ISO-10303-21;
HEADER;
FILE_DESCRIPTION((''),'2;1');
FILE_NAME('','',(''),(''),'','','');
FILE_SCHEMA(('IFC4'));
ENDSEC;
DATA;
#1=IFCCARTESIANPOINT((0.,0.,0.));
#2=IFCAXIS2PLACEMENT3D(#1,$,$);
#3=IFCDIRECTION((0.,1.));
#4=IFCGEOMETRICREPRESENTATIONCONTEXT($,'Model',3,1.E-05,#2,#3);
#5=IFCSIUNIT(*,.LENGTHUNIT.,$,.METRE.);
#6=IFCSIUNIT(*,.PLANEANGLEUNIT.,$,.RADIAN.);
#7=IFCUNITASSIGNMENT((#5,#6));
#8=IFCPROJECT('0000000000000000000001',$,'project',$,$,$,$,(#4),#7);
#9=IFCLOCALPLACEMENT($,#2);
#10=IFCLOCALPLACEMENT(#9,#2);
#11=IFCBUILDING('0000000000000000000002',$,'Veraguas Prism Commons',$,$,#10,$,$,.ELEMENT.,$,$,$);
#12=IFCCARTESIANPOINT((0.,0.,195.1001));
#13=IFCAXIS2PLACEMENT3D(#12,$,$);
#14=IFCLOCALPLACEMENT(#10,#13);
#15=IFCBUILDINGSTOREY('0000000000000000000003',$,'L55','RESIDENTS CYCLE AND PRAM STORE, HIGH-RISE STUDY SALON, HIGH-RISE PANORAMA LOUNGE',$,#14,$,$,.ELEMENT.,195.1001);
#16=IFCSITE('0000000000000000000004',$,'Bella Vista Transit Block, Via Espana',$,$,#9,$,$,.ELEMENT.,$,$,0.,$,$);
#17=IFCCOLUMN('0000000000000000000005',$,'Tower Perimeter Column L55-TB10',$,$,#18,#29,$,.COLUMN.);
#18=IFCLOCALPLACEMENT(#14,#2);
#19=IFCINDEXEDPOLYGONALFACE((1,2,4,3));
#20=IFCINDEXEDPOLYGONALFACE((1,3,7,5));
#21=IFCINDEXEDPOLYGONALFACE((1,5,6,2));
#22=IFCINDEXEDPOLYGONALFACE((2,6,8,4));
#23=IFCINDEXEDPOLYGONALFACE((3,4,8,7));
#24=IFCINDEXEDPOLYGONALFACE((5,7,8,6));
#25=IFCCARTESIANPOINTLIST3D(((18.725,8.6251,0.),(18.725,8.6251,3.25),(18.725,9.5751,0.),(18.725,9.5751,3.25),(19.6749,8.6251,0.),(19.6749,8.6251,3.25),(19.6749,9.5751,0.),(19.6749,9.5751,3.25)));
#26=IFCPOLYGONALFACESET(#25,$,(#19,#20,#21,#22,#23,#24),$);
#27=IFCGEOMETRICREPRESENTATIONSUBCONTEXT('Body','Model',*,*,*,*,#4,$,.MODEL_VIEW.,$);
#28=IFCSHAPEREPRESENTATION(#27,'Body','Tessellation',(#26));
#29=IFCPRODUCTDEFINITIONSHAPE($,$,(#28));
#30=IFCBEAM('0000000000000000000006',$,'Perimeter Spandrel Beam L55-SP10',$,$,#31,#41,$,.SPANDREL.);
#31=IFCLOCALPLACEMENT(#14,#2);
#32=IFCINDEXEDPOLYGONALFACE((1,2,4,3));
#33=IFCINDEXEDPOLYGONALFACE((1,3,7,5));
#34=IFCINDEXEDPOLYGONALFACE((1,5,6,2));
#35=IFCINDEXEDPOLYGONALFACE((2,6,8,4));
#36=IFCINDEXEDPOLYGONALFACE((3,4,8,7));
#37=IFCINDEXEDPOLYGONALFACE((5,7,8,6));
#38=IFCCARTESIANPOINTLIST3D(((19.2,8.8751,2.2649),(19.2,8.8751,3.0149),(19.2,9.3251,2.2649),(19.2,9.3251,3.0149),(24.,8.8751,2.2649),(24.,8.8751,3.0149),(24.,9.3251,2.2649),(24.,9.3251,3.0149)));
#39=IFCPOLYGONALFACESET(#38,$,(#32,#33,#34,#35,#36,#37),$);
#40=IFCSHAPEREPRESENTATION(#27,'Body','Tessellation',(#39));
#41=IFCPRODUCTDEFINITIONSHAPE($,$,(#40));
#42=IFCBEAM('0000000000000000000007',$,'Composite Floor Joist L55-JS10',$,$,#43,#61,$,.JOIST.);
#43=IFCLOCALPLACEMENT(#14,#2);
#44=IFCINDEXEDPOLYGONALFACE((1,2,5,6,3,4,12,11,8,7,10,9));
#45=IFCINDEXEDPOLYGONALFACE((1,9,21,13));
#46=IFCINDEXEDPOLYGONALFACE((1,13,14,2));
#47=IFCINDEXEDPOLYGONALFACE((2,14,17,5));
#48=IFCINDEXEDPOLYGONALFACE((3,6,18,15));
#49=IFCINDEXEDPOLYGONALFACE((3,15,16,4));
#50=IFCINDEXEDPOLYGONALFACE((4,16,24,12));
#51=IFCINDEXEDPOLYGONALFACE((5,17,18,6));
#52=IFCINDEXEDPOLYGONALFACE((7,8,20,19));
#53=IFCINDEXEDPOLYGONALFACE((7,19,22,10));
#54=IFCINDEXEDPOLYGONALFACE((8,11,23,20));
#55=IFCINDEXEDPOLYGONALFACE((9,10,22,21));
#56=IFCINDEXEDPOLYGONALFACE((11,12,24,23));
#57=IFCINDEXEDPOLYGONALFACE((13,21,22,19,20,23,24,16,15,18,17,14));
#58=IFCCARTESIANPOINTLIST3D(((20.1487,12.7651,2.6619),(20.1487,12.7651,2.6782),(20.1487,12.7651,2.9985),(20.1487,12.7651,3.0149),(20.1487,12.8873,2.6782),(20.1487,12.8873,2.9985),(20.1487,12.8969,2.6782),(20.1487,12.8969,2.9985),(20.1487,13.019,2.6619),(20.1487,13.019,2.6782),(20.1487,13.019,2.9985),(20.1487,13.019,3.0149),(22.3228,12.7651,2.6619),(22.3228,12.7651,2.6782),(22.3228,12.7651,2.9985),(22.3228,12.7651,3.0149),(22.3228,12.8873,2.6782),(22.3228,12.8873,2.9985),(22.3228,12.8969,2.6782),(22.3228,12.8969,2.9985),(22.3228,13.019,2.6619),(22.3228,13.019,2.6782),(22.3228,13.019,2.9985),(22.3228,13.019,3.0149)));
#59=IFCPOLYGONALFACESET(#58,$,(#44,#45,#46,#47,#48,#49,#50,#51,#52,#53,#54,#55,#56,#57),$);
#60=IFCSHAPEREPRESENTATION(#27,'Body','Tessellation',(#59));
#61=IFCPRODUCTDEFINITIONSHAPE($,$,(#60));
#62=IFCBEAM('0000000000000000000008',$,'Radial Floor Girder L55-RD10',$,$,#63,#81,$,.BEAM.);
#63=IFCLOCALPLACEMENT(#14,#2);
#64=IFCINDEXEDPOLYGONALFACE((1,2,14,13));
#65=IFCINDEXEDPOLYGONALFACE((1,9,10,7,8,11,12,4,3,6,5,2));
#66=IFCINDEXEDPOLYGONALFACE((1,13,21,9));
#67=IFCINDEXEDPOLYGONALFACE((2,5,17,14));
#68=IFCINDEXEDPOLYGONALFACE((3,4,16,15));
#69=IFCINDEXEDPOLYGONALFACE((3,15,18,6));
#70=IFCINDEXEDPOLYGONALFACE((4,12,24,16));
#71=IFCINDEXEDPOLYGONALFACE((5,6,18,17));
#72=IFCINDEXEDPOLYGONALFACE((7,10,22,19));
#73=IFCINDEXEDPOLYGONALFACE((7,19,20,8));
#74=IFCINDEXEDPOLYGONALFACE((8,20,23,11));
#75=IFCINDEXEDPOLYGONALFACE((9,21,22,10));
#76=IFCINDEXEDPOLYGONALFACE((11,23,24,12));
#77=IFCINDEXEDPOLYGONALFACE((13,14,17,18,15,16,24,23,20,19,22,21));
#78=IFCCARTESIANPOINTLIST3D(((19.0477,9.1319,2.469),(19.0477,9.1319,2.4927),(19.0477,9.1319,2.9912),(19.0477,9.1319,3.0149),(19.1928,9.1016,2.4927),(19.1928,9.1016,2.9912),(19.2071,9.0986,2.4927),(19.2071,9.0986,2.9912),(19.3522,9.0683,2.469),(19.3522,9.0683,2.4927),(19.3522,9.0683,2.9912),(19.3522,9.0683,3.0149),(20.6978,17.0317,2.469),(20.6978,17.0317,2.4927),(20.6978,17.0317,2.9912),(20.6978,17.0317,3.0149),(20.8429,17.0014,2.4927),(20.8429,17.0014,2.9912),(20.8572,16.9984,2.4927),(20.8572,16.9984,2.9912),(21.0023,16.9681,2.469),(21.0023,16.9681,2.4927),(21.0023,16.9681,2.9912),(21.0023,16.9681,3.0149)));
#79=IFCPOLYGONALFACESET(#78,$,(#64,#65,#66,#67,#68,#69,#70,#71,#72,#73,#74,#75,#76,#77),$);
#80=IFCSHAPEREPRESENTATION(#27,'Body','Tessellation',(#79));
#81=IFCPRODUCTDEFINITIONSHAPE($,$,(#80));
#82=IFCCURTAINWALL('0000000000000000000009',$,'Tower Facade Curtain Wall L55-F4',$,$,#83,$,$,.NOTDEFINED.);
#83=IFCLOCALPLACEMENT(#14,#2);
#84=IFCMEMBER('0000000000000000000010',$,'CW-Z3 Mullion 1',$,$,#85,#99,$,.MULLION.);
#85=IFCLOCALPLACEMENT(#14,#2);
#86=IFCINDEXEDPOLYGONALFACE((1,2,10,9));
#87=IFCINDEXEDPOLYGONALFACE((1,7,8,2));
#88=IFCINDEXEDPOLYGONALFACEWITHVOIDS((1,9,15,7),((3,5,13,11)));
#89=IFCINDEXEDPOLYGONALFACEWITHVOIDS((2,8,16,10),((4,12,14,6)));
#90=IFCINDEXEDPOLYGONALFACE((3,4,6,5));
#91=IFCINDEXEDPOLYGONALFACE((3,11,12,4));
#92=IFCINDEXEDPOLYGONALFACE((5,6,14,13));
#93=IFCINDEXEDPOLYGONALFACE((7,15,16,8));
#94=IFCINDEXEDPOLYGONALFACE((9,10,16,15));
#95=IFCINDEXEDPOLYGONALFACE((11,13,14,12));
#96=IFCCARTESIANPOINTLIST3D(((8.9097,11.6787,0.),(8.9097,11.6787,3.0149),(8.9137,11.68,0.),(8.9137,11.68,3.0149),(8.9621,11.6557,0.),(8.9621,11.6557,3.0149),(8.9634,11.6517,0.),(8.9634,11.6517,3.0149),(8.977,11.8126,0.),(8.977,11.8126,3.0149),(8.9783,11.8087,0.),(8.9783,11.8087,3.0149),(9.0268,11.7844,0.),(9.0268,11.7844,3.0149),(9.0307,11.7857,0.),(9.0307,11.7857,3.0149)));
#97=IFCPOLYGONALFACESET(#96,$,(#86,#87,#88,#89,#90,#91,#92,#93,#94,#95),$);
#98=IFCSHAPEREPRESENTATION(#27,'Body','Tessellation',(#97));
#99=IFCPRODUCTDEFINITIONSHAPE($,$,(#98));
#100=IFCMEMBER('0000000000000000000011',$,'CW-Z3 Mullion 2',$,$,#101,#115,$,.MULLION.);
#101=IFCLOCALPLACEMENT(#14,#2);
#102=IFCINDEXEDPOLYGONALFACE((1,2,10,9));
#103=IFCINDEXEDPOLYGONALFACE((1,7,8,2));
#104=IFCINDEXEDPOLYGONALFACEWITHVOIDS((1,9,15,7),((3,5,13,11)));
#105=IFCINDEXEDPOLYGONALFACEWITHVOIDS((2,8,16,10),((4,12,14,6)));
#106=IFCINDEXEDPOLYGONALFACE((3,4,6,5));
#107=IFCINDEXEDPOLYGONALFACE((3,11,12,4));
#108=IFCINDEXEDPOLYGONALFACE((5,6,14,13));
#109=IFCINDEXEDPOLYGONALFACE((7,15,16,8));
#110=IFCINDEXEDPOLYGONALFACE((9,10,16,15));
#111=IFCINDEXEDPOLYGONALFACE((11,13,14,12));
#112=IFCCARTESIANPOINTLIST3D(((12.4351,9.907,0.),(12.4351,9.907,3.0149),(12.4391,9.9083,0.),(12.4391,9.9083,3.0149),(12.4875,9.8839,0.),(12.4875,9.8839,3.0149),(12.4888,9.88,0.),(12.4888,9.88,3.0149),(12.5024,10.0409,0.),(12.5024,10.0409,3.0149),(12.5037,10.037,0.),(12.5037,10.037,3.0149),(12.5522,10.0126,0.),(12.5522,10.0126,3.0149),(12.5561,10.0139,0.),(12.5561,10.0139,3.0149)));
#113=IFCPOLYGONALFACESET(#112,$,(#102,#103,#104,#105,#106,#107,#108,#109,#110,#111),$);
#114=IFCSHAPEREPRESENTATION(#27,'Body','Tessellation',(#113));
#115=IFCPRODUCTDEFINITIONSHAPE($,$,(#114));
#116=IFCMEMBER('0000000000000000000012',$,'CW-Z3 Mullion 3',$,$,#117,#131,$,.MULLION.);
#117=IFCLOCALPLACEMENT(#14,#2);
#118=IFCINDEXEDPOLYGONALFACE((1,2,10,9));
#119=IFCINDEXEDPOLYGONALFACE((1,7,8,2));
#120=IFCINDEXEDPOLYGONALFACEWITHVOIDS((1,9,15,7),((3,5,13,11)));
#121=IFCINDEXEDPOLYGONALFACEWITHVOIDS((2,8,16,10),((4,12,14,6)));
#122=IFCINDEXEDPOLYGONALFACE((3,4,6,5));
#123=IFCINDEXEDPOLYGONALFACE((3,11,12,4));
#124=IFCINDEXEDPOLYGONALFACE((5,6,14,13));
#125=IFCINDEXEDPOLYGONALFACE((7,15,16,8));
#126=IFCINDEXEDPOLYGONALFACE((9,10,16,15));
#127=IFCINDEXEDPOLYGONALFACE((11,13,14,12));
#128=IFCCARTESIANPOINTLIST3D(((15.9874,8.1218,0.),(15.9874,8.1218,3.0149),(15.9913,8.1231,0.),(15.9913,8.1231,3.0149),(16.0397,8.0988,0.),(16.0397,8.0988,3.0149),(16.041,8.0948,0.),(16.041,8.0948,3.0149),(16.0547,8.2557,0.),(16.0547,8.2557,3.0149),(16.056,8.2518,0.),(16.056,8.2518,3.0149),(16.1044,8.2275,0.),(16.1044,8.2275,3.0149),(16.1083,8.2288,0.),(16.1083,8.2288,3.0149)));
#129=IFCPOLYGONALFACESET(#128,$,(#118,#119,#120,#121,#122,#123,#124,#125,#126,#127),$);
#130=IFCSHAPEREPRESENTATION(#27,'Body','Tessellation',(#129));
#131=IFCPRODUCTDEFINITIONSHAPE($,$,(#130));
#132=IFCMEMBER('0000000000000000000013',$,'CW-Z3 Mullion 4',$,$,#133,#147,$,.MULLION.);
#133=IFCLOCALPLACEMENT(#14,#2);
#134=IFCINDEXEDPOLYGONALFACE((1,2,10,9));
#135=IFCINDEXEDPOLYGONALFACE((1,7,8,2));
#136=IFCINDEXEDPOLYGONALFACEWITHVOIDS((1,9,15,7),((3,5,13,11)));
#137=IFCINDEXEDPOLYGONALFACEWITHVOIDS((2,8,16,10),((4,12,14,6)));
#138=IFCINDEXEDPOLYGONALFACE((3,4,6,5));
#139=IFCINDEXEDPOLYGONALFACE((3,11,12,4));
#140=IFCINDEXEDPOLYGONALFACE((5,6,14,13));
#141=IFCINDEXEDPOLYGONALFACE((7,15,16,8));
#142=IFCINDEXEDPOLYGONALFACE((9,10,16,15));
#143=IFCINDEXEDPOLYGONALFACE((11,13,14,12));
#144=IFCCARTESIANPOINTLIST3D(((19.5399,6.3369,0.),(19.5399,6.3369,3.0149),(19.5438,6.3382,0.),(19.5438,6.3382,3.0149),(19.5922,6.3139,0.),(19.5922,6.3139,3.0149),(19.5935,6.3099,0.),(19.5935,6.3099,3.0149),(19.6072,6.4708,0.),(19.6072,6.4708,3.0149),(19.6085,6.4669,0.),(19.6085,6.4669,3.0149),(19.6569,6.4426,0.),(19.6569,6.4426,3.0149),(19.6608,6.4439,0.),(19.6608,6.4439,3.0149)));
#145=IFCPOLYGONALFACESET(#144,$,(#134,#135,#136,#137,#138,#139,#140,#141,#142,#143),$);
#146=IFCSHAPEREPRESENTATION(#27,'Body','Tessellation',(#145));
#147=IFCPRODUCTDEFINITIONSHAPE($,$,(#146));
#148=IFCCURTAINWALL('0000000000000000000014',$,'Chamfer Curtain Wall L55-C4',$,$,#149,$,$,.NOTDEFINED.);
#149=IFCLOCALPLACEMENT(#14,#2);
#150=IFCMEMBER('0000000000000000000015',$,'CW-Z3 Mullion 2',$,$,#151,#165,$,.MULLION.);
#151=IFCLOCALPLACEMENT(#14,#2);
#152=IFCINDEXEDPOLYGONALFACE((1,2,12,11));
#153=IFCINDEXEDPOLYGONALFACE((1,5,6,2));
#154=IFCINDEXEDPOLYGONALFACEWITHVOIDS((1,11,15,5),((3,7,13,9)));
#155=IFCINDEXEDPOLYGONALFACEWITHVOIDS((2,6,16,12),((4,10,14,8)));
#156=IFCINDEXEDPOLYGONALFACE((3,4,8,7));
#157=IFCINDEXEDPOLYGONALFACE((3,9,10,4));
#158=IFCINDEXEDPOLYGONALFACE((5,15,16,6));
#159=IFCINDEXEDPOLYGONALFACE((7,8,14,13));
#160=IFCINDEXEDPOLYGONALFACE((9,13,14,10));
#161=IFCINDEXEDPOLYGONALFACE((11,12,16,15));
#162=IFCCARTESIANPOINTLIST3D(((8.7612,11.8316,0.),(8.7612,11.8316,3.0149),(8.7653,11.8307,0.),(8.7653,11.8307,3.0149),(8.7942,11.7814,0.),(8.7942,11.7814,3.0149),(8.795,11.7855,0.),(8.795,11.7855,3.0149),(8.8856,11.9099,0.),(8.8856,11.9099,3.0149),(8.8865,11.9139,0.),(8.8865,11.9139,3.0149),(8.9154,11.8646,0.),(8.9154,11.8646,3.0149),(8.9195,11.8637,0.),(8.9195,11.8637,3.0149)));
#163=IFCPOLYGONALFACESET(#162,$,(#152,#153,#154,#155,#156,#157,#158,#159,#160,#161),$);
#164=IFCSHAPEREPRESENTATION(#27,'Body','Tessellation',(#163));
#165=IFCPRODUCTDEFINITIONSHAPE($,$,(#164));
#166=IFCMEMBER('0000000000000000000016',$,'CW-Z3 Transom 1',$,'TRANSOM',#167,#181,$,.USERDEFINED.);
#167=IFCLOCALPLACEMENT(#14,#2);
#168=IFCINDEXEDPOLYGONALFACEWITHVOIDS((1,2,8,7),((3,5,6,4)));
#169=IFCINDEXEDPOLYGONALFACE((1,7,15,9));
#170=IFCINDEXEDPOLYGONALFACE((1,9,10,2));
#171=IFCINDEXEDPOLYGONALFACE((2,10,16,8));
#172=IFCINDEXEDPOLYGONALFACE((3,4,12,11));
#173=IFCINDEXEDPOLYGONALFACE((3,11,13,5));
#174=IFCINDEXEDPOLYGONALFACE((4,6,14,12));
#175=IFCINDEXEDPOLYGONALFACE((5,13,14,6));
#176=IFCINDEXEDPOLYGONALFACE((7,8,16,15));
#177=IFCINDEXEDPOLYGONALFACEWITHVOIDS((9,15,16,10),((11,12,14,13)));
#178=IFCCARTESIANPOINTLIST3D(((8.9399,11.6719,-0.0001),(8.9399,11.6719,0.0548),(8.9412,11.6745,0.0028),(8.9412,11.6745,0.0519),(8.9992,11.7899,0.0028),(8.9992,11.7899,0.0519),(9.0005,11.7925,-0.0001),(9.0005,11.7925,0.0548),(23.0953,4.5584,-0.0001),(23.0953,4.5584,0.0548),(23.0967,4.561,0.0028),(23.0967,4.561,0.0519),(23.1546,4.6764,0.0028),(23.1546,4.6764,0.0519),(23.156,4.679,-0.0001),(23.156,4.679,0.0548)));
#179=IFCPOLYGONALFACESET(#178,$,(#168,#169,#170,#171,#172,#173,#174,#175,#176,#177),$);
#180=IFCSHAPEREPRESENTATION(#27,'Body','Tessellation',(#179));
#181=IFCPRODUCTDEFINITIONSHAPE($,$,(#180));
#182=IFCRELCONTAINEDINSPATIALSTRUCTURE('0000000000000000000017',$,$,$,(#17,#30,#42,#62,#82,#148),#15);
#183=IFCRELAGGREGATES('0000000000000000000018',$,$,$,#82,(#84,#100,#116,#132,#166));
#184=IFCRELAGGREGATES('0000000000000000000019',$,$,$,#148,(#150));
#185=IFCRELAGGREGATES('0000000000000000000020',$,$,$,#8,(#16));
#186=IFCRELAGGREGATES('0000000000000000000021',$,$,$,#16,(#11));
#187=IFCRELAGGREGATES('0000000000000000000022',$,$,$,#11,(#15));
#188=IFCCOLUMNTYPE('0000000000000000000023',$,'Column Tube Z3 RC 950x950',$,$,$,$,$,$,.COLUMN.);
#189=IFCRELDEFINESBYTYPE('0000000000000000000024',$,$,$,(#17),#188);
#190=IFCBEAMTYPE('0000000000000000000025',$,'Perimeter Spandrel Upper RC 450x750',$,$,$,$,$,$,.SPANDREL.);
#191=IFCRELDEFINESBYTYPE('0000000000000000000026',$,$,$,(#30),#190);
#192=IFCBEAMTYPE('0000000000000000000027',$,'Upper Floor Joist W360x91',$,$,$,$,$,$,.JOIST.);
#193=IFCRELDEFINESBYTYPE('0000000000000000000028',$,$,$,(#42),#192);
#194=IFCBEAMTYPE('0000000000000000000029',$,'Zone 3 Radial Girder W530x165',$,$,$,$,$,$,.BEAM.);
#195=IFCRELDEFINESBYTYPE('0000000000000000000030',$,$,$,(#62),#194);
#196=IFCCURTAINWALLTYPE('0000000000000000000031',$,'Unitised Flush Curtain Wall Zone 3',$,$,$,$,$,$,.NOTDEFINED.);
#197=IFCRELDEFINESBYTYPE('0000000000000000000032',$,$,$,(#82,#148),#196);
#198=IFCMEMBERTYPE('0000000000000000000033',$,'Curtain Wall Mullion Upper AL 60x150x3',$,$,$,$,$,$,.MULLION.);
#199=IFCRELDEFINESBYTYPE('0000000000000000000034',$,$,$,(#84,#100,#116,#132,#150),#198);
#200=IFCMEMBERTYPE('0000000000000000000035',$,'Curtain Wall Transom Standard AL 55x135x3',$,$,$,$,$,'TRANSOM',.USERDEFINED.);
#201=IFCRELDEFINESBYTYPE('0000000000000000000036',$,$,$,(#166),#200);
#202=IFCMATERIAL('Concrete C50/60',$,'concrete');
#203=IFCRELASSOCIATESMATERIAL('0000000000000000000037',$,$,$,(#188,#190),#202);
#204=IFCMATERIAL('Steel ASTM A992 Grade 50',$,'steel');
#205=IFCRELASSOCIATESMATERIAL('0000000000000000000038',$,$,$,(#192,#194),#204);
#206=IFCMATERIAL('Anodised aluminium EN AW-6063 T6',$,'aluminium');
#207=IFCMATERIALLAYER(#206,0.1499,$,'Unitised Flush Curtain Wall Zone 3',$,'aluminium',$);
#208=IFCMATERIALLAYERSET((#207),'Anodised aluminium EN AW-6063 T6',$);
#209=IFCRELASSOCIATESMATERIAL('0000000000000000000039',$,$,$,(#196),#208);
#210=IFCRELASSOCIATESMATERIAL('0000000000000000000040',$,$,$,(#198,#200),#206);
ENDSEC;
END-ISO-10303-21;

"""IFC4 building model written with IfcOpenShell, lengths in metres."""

from ifc_helpers import new_model, si_unit, direction, frame, origin, origin_2d, place, context, subcontext, project, spatial, rectangle, hollow_rectangle, i_section, extrude, source, transform, mapped, material, layer, layer_set, material_profile, profile_set, type_object, element, aggregate, save


model = new_model("IFC4")

# Units and contexts
model_context = context("Model", 3, precision=1e-05, world=origin(), true_north=direction((0.0, 1.0)))
body_context = subcontext(model_context, "Body", "Model", "MODEL_VIEW")
ifc_project = project(units=[si_unit("LENGTHUNIT", "METRE"), si_unit("PLANEANGLEUNIT", "RADIAN")], contexts=[model_context])

# Site, building, storey
site_placement = place(None, origin())
site = spatial("IfcSite", under=ifc_project, at=site_placement, Name="Bella Vista Transit Block, Via Espana", CompositionType="ELEMENT", RefElevation=0.0)
building_placement = place(site_placement, origin())
building = spatial("IfcBuilding", under=site, at=building_placement, Name="Veraguas Prism Commons", CompositionType="ELEMENT")
storey_placement = place(building_placement, frame((0.0, 0.0, 195.1001)))
storey = spatial("IfcBuildingStorey", under=building, at=storey_placement, Name="L55", Description="RESIDENTS CYCLE AND PRAM STORE, HIGH-RISE STUDY SALON, HIGH-RISE PANORAMA LOUNGE", CompositionType="ELEMENT", Elevation=195.1001)

# Column
ifc_material_1 = material(Name="Concrete C50/60", Category="concrete")
ifc_material_profile_1 = material_profile(ifc_material_1, rectangle(XDim=0.95, YDim=0.95, at=origin_2d()), Name="RC950X950")
ifc_profile_set_1 = profile_set([ifc_material_profile_1], Name="Concrete C50/60")
column_type = type_object("IfcColumnType", Name="Column Tube Z3 RC 950x950", PredefinedType="COLUMN", material=ifc_profile_set_1)
column_placement = place(storey_placement, frame((19.2, 9.1001, 0.0), z_axis=(0.0, 0.0, 1.0), x_axis=(1.0, 0.0, 0.0)))
element("IfcColumn", 1, at=column_placement, inside=storey, type_object=column_type, Name="Tower Perimeter Column L55-TB10", PredefinedType="COLUMN", context=body_context, shape_type="SweptSolid", body=[
    extrude(rectangle(XDim=0.95, YDim=0.95, at=origin_2d()), origin(), (0.0, 0.0, 1.0), 3.25),
])

# Beams
ifc_material_profile_2 = material_profile(ifc_material_1, rectangle(XDim=0.45, YDim=0.75, at=origin_2d()), Name="RC450X750")
ifc_profile_set_2 = profile_set([ifc_material_profile_2], Name="Concrete C50/60")
beam_type_1 = type_object("IfcBeamType", Name="Perimeter Spandrel Upper RC 450x750", PredefinedType="SPANDREL", material=ifc_profile_set_2)
beam_1_placement = place(storey_placement, frame((19.2, 9.1001, 2.6399), z_axis=(1.0, 0.0, 0.0), x_axis=(0.0, 1.0, 0.0)))
element("IfcBeam", 2, at=beam_1_placement, inside=storey, type_object=beam_type_1, Name="Perimeter Spandrel Beam L55-SP10", PredefinedType="SPANDREL", context=body_context, shape_type="SweptSolid", body=[
    extrude(rectangle(XDim=0.45, YDim=0.75, at=origin_2d()), origin(), (0.0, 0.0, 1.0), 4.8),
])
ifc_material_2 = material(Name="Steel ASTM A992 Grade 50", Category="steel")
ifc_material_profile_3 = material_profile(ifc_material_2, i_section(OverallWidth=0.2539, OverallDepth=0.353, WebThickness=0.0095, FlangeThickness=0.0164, at=origin_2d()), Name="W360X91")
ifc_profile_set_3 = profile_set([ifc_material_profile_3], Name="Steel ASTM A992 Grade 50")
beam_type_2 = type_object("IfcBeamType", Name="Upper Floor Joist W360x91", PredefinedType="JOIST", material=ifc_profile_set_3)
beam_2_placement = place(storey_placement, frame((20.1487, 12.8921, 2.8384), z_axis=(1.0, 0.0, 0.0), x_axis=(0.0, 1.0, 0.0)))
element("IfcBeam", 3, at=beam_2_placement, inside=storey, type_object=beam_type_2, Name="Composite Floor Joist L55-JS10", PredefinedType="JOIST", context=body_context, shape_type="SweptSolid", body=[
    extrude(i_section(OverallWidth=0.2539, OverallDepth=0.353, WebThickness=0.0095, FlangeThickness=0.0164, at=origin_2d()), origin(), (0.0, 0.0, 1.0), 2.1741),
])
ifc_material_profile_4 = material_profile(ifc_material_2, i_section(OverallWidth=0.311, OverallDepth=0.5459, WebThickness=0.0146, FlangeThickness=0.0237, at=origin_2d()), Name="W530X165")
ifc_profile_set_4 = profile_set([ifc_material_profile_4], Name="Steel ASTM A992 Grade 50")
beam_type_3 = type_object("IfcBeamType", Name="Zone 3 Radial Girder W530x165", PredefinedType="BEAM", material=ifc_profile_set_4)
beam_3_placement = place(storey_placement, frame((19.2, 9.1001, 2.7419), z_axis=(0.204469, 0.978873, 0.0), x_axis=(-0.978873, 0.204469, 0.0)))
element("IfcBeam", 4, at=beam_3_placement, inside=storey, type_object=beam_type_3, Name="Radial Floor Girder L55-RD10", PredefinedType="BEAM", context=body_context, shape_type="SweptSolid", body=[
    extrude(i_section(OverallWidth=0.311, OverallDepth=0.5459, WebThickness=0.0146, FlangeThickness=0.0237, at=origin_2d()), origin(), (0.0, 0.0, 1.0), 8.0703),
])

# Curtain wall, members
ifc_material_3 = material(Name="Anodised aluminium EN AW-6063 T6", Category="aluminium")
ifc_layer_1 = layer(ifc_material_3, 0.1499, Name="Unitised Flush Curtain Wall Zone 3", Category="aluminium")
ifc_layer_set_1 = layer_set([ifc_layer_1], Name="Anodised aluminium EN AW-6063 T6")
curtain_wall_type = type_object("IfcCurtainWallType", Name="Unitised Flush Curtain Wall Zone 3", PredefinedType="NOTDEFINED", material=ifc_layer_set_1)
curtain_wall_1_placement = place(storey_placement, origin())
curtain_wall_1 = element("IfcCurtainWall", 5, at=curtain_wall_1_placement, inside=storey, type_object=curtain_wall_type, Name="Tower Facade Curtain Wall L55-F4", PredefinedType="NOTDEFINED")
ifc_material_profile_5 = material_profile(ifc_material_3, hollow_rectangle(XDim=0.0601, YDim=0.1499, WallThickness=0.0029, at=origin_2d()), Name="AL60X150X3")
ifc_profile_set_5 = profile_set([ifc_material_profile_5], Name="Anodised aluminium EN AW-6063 T6")
member_type_1 = type_object("IfcMemberType", Name="Curtain Wall Mullion Upper AL 60x150x3", PredefinedType="MULLION", material=ifc_profile_set_5)
shared_shape_1 = source(origin(), body_context, "Body", "SweptSolid", [
    extrude(hollow_rectangle(XDim=0.0601, YDim=0.1499, WallThickness=0.0029, at=origin_2d()), origin(), (0.0, 0.0, 1.0), 3.0149),
])
member_1_placement = place(storey_placement, frame((8.9702, 11.7322, 0.0), z_axis=(0.0, 0.0, 1.0), x_axis=(0.893526, -0.449012, 0.0)))
member_1 = element("IfcMember", 6, at=member_1_placement, type_object=member_type_1, Name="CW-Z3 Mullion 1", PredefinedType="MULLION", context=body_context, shape_type="MappedRepresentation", body=[
    mapped(shared_shape_1, transform((0.0, 0.0, 0.0), scale=1.0)),
])
member_2_placement = place(storey_placement, frame((12.4956, 9.9604, 0.0), z_axis=(0.0, 0.0, 1.0), x_axis=(0.893526, -0.449012, 0.0)))
member_2 = element("IfcMember", 7, at=member_2_placement, type_object=member_type_1, Name="CW-Z3 Mullion 2", PredefinedType="MULLION", context=body_context, shape_type="MappedRepresentation", body=[
    mapped(shared_shape_1, transform((0.0, 0.0, 0.0), scale=1.0)),
])
member_3_placement = place(storey_placement, frame((16.0479, 8.1753, 0.0), z_axis=(0.0, 0.0, 1.0), x_axis=(0.893526, -0.449012, 0.0)))
member_3 = element("IfcMember", 8, at=member_3_placement, type_object=member_type_1, Name="CW-Z3 Mullion 3", PredefinedType="MULLION", context=body_context, shape_type="MappedRepresentation", body=[
    mapped(shared_shape_1, transform((0.0, 0.0, 0.0), scale=1.0)),
])
member_4_placement = place(storey_placement, frame((19.6003, 6.3904, 0.0), z_axis=(0.0, 0.0, 1.0), x_axis=(0.893526, -0.449012, 0.0)))
member_4 = element("IfcMember", 9, at=member_4_placement, type_object=member_type_1, Name="CW-Z3 Mullion 4", PredefinedType="MULLION", context=body_context, shape_type="MappedRepresentation", body=[
    mapped(shared_shape_1, transform((0.0, 0.0, 0.0), scale=1.0)),
])

# Curtain wall, member
curtain_wall_2_placement = place(storey_placement, origin())
curtain_wall_2 = element("IfcCurtainWall", 10, at=curtain_wall_2_placement, inside=storey, type_object=curtain_wall_type, Name="Chamfer Curtain Wall L55-C4", PredefinedType="NOTDEFINED")
member_5_placement = place(storey_placement, frame((8.8403, 11.8477, 0.0), z_axis=(0.0, 0.0, 1.0), x_axis=(0.549271, -0.835644, 0.0)))
member_5 = element("IfcMember", 11, at=member_5_placement, type_object=member_type_1, Name="CW-Z3 Mullion 2", PredefinedType="MULLION", context=body_context, shape_type="MappedRepresentation", body=[
    mapped(shared_shape_1, transform((0.0, 0.0, 0.0), scale=1.0)),
])

# Member
ifc_material_profile_6 = material_profile(ifc_material_3, hollow_rectangle(XDim=0.0549, YDim=0.135, WallThickness=0.0029, at=origin_2d()), Name="AL55X135X3")
ifc_profile_set_6 = profile_set([ifc_material_profile_6], Name="Anodised aluminium EN AW-6063 T6")
member_type_2 = type_object("IfcMemberType", Name="Curtain Wall Transom Standard AL 55x135x3", ElementType="TRANSOM", PredefinedType="USERDEFINED", material=ifc_profile_set_6)
shared_shape_2 = source(origin(), body_context, "Body", "SweptSolid", [
    extrude(hollow_rectangle(XDim=0.0549, YDim=0.135, WallThickness=0.0029, at=origin_2d()), origin(), (0.0, 0.0, 1.0), 15.8423),
])
member_6_placement = place(storey_placement, frame((8.9702, 11.7322, 0.0273), z_axis=(0.893522, -0.449019, 0.0), x_axis=(0.0, 0.0, 1.0)))
member_6 = element("IfcMember", 12, at=member_6_placement, type_object=member_type_2, Name="CW-Z3 Transom 1", ObjectType="TRANSOM", PredefinedType="USERDEFINED", context=body_context, shape_type="MappedRepresentation", body=[
    mapped(shared_shape_2, transform((0.0, 0.0, 0.0), scale=1.0)),
])

aggregate(curtain_wall_1, [member_1, member_2, member_3, member_4, member_6])
aggregate(curtain_wall_2, [member_5])

save(model, "model.ifc")
